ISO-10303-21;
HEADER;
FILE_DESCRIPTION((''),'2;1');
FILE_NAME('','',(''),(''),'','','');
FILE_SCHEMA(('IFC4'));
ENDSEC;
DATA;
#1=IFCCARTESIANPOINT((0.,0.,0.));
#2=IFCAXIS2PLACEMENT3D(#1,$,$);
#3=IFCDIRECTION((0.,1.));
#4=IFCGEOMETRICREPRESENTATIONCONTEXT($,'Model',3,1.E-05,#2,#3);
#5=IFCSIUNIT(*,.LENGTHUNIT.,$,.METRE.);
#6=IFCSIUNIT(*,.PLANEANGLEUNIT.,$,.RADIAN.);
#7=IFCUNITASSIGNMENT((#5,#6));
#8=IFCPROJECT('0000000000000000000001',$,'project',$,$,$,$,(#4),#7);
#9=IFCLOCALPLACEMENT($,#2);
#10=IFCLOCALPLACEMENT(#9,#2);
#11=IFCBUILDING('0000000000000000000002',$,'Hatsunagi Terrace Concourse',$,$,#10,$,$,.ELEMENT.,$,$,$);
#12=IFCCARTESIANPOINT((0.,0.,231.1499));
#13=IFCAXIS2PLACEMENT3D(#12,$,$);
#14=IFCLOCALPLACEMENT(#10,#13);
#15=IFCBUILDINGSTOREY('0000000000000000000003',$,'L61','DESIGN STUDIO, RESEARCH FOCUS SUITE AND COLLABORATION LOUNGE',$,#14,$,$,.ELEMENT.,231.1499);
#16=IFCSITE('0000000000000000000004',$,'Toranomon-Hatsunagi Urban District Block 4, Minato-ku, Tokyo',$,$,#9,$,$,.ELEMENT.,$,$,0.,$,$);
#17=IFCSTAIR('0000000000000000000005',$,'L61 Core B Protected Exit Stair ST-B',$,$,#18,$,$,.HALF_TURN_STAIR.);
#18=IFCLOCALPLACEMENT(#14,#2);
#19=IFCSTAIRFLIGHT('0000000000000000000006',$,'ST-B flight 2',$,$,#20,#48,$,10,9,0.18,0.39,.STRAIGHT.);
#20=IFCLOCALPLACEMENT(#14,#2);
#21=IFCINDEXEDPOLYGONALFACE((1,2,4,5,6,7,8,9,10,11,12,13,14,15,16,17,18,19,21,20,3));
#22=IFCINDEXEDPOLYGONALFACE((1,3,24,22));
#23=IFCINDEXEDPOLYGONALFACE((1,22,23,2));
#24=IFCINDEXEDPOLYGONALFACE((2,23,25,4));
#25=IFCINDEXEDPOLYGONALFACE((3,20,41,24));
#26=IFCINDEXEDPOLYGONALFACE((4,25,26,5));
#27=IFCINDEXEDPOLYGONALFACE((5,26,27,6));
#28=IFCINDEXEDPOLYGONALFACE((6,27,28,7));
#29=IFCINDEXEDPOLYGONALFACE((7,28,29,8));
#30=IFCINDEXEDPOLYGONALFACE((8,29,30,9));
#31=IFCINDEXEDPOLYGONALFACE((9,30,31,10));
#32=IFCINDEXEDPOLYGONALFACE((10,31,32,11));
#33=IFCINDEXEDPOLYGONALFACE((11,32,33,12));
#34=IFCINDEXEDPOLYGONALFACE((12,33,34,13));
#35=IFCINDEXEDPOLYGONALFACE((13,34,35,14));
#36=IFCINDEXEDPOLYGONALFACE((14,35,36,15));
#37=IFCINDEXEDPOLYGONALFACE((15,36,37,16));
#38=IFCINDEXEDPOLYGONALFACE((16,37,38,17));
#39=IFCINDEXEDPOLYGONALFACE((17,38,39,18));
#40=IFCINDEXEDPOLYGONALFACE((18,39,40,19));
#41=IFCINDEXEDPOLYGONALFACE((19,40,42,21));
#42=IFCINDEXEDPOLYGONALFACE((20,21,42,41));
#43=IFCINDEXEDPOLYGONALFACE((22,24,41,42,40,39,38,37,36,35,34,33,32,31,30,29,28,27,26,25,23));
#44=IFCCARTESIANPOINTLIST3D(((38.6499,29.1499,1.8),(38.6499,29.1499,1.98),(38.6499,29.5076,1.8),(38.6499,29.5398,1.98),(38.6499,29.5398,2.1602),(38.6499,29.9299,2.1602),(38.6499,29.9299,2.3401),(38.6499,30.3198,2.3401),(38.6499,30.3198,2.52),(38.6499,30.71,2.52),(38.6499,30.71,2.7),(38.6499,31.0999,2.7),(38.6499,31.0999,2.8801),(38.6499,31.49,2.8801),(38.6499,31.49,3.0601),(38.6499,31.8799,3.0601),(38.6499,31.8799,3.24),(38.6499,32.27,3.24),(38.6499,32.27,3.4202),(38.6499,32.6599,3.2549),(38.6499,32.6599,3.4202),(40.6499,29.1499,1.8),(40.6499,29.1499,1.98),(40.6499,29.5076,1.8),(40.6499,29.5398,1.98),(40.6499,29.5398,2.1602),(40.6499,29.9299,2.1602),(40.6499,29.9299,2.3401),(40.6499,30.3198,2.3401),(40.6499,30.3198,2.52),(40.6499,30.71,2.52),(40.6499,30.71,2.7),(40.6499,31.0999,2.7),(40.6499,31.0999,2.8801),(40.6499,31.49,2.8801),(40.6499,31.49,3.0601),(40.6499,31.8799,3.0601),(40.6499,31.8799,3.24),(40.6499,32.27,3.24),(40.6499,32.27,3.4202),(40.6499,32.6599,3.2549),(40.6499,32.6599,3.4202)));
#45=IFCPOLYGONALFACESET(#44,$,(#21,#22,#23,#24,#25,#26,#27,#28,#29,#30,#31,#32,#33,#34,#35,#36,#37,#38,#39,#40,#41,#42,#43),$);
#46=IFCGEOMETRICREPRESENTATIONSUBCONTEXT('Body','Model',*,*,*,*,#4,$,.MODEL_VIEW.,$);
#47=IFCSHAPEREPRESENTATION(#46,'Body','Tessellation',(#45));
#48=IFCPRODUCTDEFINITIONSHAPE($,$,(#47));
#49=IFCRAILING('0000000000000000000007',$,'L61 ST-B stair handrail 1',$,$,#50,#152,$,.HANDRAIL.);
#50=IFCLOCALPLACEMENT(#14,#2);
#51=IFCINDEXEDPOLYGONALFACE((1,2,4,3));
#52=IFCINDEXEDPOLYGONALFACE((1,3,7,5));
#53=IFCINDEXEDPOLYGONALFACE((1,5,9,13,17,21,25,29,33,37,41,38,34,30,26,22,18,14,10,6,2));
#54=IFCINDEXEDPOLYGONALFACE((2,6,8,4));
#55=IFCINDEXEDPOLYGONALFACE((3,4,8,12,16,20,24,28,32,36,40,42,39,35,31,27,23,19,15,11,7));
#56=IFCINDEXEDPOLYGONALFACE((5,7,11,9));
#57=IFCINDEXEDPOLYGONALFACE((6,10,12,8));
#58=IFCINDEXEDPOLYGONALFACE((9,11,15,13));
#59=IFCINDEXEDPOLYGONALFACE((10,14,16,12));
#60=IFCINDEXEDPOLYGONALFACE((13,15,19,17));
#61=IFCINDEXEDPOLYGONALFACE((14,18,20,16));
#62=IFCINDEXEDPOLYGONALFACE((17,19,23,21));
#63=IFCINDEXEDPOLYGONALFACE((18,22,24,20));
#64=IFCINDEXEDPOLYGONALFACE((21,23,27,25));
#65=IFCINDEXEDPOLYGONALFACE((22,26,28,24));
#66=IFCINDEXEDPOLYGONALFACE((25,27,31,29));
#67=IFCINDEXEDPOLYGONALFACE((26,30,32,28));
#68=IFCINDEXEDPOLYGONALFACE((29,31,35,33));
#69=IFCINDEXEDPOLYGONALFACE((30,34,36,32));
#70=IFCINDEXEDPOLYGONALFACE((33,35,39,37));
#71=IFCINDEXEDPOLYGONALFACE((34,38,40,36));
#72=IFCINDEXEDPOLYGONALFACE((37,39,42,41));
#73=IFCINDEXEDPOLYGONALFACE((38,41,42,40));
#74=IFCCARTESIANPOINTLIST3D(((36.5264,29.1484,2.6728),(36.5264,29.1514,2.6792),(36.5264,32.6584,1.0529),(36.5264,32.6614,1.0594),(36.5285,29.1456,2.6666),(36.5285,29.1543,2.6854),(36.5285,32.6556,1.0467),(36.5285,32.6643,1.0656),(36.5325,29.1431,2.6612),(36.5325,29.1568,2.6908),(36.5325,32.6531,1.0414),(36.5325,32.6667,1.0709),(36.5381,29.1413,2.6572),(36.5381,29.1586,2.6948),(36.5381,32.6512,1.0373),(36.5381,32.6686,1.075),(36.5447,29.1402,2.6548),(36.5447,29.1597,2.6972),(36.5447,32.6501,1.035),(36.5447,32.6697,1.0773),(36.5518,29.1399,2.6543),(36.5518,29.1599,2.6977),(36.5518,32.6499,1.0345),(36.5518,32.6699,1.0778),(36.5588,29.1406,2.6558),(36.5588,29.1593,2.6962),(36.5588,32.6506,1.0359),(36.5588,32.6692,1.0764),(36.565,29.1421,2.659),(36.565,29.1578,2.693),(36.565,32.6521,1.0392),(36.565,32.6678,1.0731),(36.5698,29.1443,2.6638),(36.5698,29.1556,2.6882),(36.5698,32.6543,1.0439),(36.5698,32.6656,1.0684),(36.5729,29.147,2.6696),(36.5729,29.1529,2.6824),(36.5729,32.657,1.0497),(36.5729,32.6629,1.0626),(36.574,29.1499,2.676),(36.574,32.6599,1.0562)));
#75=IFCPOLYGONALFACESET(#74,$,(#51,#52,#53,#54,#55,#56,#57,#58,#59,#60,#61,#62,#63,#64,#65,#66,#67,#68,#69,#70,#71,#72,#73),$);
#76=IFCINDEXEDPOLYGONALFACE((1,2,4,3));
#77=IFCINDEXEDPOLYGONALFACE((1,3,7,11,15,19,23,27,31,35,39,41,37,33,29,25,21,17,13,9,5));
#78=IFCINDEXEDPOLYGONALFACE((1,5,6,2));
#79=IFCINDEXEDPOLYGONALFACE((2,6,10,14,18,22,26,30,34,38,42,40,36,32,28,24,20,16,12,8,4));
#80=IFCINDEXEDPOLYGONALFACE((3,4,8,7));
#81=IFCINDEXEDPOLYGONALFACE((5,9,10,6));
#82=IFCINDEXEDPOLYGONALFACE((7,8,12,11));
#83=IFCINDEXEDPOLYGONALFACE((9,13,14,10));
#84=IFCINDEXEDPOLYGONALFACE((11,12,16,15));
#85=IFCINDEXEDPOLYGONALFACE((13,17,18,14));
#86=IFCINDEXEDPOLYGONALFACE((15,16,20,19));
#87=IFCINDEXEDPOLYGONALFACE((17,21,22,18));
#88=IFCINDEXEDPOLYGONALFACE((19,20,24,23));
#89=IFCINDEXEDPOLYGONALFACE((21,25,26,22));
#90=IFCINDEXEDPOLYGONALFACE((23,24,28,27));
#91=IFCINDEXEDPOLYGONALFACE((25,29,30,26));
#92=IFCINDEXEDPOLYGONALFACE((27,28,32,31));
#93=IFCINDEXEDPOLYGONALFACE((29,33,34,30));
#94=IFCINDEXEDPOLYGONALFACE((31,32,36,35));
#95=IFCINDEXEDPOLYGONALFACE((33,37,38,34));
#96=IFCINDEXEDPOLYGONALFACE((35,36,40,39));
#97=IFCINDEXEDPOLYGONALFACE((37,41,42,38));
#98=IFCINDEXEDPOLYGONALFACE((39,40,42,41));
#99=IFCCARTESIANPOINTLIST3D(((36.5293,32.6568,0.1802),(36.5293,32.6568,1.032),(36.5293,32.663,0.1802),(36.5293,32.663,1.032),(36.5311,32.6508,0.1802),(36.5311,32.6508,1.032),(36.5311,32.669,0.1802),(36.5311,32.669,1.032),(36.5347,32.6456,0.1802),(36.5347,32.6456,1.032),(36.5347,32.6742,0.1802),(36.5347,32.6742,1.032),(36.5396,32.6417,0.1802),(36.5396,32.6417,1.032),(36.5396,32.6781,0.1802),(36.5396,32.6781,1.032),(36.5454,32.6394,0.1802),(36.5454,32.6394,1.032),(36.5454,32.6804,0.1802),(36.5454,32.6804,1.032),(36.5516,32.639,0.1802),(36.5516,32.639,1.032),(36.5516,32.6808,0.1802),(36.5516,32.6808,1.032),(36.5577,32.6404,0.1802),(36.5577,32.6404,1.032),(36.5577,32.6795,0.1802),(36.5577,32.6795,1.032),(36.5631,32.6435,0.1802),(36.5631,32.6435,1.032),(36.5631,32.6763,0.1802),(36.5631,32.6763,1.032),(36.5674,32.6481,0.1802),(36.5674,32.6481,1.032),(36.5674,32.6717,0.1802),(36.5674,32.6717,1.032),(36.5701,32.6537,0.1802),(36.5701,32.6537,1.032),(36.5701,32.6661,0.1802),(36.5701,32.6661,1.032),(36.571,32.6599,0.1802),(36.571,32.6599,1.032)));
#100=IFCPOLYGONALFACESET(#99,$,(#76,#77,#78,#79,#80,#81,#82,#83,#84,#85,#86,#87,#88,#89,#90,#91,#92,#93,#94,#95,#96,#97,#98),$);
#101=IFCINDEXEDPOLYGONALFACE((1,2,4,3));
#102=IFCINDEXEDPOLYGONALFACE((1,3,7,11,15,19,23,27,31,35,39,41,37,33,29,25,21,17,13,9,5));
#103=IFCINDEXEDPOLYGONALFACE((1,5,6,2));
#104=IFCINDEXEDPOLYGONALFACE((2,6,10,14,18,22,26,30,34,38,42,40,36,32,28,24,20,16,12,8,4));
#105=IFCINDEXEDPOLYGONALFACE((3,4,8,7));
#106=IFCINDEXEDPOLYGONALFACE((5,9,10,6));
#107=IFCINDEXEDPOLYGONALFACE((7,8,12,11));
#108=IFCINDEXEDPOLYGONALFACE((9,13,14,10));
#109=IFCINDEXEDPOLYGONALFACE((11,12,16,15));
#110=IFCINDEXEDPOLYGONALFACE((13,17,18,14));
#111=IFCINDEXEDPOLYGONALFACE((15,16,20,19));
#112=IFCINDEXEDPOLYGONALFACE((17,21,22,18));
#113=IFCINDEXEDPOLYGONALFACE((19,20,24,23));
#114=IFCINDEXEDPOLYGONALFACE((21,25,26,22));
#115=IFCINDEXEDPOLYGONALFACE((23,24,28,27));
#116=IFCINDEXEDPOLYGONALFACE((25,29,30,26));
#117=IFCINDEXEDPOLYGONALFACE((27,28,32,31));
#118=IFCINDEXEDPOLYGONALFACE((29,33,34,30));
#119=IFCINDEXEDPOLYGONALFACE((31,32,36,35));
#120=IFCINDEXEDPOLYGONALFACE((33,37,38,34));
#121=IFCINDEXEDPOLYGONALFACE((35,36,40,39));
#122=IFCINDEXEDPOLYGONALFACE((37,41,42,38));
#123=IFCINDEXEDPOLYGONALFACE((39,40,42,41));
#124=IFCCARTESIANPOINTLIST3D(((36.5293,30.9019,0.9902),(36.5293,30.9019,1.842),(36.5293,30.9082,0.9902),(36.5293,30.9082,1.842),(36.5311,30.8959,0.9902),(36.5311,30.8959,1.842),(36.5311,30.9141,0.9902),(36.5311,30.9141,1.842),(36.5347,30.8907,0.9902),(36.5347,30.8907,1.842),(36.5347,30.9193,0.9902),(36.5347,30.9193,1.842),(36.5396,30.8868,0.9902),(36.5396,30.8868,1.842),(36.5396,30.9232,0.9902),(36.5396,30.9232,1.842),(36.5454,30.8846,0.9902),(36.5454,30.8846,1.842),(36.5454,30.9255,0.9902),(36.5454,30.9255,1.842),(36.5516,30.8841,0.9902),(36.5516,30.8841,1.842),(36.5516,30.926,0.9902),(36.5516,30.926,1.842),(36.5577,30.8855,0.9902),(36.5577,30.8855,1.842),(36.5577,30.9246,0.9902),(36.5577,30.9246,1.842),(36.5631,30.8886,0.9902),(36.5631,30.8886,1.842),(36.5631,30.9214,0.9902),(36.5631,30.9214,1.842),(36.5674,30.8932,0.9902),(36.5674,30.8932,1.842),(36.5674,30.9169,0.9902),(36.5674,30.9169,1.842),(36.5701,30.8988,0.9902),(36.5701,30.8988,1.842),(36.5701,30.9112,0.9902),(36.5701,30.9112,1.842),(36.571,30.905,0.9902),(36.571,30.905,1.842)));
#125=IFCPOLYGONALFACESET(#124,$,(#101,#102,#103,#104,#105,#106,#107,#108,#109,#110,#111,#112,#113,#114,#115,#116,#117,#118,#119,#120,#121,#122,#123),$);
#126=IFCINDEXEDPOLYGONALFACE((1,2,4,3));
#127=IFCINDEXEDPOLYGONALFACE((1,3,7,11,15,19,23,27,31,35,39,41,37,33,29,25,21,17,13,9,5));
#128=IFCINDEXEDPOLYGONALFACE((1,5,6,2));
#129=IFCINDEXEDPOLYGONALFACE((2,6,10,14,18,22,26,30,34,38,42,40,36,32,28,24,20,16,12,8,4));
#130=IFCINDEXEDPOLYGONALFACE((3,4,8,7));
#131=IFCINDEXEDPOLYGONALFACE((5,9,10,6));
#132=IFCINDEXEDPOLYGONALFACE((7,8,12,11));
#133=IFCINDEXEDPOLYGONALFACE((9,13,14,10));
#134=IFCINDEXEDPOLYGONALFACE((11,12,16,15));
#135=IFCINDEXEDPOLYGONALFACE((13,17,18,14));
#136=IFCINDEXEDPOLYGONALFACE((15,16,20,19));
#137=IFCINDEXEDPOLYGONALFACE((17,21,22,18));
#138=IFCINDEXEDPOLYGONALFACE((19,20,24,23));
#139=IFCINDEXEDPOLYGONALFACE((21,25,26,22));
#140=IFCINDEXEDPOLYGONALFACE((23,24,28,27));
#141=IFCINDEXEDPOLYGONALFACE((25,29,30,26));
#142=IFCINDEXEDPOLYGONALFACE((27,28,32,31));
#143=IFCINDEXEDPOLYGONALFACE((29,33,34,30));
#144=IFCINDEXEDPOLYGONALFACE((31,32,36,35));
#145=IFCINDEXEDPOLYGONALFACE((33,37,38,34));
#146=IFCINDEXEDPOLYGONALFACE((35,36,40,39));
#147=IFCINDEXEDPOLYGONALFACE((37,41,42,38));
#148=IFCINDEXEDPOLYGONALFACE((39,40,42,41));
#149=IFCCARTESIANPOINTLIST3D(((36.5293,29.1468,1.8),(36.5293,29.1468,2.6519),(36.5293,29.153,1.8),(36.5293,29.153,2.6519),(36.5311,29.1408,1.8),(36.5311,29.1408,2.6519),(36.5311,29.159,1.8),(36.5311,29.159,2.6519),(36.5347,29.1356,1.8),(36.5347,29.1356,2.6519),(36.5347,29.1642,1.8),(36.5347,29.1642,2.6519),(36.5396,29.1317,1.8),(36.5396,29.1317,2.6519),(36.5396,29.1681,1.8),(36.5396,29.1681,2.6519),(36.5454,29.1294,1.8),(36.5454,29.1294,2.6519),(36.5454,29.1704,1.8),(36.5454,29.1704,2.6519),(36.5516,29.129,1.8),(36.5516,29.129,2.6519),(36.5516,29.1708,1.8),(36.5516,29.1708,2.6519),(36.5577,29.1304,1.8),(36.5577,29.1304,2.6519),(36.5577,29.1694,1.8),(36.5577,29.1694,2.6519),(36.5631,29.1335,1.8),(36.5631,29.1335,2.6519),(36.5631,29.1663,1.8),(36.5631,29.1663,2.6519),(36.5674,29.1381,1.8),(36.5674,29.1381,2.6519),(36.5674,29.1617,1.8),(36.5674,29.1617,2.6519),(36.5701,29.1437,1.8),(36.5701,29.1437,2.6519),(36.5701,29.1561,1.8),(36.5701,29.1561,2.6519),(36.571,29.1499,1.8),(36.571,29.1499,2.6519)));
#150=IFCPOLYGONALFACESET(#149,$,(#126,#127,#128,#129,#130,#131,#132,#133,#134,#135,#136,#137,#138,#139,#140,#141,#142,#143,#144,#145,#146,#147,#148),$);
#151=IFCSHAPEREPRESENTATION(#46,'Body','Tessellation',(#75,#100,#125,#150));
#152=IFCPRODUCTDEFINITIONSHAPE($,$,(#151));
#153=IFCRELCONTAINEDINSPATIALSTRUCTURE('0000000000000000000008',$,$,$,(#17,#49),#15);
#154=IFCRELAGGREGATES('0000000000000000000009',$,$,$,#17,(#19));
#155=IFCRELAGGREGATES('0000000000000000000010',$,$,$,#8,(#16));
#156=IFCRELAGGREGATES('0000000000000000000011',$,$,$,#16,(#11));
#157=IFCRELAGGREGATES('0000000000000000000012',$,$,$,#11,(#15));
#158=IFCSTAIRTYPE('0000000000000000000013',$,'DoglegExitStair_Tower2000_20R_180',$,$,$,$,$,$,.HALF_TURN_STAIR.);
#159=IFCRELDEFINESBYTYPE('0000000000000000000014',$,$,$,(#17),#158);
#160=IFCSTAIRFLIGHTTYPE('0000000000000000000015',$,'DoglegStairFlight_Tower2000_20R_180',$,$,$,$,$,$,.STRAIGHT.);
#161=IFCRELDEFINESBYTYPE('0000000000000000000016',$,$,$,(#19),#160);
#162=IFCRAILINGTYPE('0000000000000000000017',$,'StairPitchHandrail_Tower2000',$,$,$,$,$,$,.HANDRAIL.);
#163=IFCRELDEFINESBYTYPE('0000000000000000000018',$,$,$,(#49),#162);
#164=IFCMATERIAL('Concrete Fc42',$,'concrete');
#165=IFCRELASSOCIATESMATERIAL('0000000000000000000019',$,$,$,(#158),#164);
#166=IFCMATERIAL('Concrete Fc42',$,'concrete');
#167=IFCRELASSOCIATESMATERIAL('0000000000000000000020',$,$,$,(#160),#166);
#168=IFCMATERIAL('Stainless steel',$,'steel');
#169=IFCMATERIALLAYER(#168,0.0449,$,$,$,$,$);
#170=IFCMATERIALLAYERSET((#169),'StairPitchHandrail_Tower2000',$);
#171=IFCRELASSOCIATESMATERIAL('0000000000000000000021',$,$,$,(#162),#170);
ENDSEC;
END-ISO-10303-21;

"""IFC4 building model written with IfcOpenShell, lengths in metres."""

from ifc_helpers import new_model, si_unit, direction, frame, origin, origin_2d, place, context, subcontext, project, spatial, polyline, circle, outline, extrude, material, layer, layer_set, type_object, element, aggregate, save


model = new_model("IFC4")

# Units and contexts
model_context = context("Model", 3, precision=1e-05, world=origin(), true_north=direction((0.0, 1.0)))
body_context = subcontext(model_context, "Body", "Model", "MODEL_VIEW")
ifc_project = project(units=[si_unit("LENGTHUNIT", "METRE"), si_unit("PLANEANGLEUNIT", "RADIAN")], contexts=[model_context])

# Site, building, storey
site_placement = place(None, origin())
site = spatial("IfcSite", under=ifc_project, at=site_placement, Name="Toranomon-Hatsunagi Urban District Block 4, Minato-ku, Tokyo", CompositionType="ELEMENT", RefElevation=0.0)
building_placement = place(site_placement, origin())
building = spatial("IfcBuilding", under=site, at=building_placement, Name="Hatsunagi Terrace Concourse", CompositionType="ELEMENT")
storey_placement = place(building_placement, frame((0.0, 0.0, 231.1499)))
storey = spatial("IfcBuildingStorey", under=building, at=storey_placement, Name="L61", Description="DESIGN STUDIO, RESEARCH FOCUS SUITE AND COLLABORATION LOUNGE", CompositionType="ELEMENT", Elevation=231.1499)

# Stair, stair flight
ifc_material_1 = material(Name="Concrete Fc42", Category="concrete")
stair_type = type_object("IfcStairType", Name="DoglegExitStair_Tower2000_20R_180", PredefinedType="HALF_TURN_STAIR", material=ifc_material_1)
stair_placement = place(storey_placement, origin())
stair = element("IfcStair", 1, at=stair_placement, inside=storey, type_object=stair_type, Name="L61 Core B Protected Exit Stair ST-B", PredefinedType="HALF_TURN_STAIR")
ifc_material_2 = material(Name="Concrete Fc42", Category="concrete")
stair_flight_type = type_object("IfcStairFlightType", Name="DoglegStairFlight_Tower2000_20R_180", PredefinedType="STRAIGHT", material=ifc_material_2)
stair_flight_1_placement = place(storey_placement, frame((39.6499, 29.1499, 1.8), z_axis=(0.0, 0.0, 1.0), x_axis=(0.0, 1.0, 0.0)))
stair_flight_1 = element("IfcStairFlight", 2, at=stair_flight_1_placement, type_object=stair_flight_type, Name="ST-B flight 2", NumberOfRisers=10, NumberOfTreads=9, PredefinedType="STRAIGHT", RiserHeight=0.18, TreadLength=0.39, context=body_context, shape_type="SweptSolid", body=[
    extrude(outline(polyline([(0.0, 0.0), (0.0, 0.1799), (0.3899, 0.1799), (0.3899, 0.3601), (0.78, 0.3601), (0.78, 0.54), (1.1699, 0.54), (1.1699, 0.72), (1.5601, 0.72), (1.5601, 0.8999), (1.95, 0.8999), (1.95, 1.0801), (2.3401, 1.0801), (2.3401, 1.26), (2.73, 1.26), (2.73, 1.4399), (3.1201, 1.4399), (3.1201, 1.6201), (3.51, 1.6201), (3.51, 1.8), (3.51, 1.4548), (0.3577, 0.0), (0.0, 0.0)])), frame((0.0, 1.0, 0.0), z_axis=(0.0, -1.0, 0.0), x_axis=(1.0, 0.0, 0.0)), (0.0, 0.0, 1.0), 2.0),
])
aggregate(stair, [stair_flight_1])

# Railing
ifc_material_3 = material(Name="Stainless steel", Category="steel")
ifc_layer_1 = layer(ifc_material_3, 0.0449)
ifc_layer_set_1 = layer_set([ifc_layer_1], Name="StairPitchHandrail_Tower2000")
railing_type_1 = type_object("IfcRailingType", Name="StairPitchHandrail_Tower2000", PredefinedType="HANDRAIL", material=ifc_layer_set_1)
railing_1_placement = place(storey_placement, frame((36.55, 32.6599, 0.1802)))
element("IfcRailing", 3, at=railing_1_placement, inside=storey, type_object=railing_type_1, Name="L61 ST-B stair handrail 1", PredefinedType="HANDRAIL", context=body_context, shape_type="SweptSolid", body=[
    extrude(circle(Radius=0.0239, at=origin_2d()), frame((0.0, 0.0, 0.876), z_axis=(0.0, -0.907972, 0.41903), x_axis=(1.0, 0.0, 0.0)), (0.0, 0.0, 1.0), 3.8657),
    extrude(circle(Radius=0.021, at=origin_2d()), origin(), (0.0, 0.0, 1.0), 0.8518),
    extrude(circle(Radius=0.021, at=origin_2d()), frame((0.0, -1.7549, 0.8101)), (0.0, 0.0, 1.0), 0.8518),
    extrude(circle(Radius=0.021, at=origin_2d()), frame((0.0, -3.51, 1.6199)), (0.0, 0.0, 1.0), 0.8518),
])

save(model, "model.ifc")
